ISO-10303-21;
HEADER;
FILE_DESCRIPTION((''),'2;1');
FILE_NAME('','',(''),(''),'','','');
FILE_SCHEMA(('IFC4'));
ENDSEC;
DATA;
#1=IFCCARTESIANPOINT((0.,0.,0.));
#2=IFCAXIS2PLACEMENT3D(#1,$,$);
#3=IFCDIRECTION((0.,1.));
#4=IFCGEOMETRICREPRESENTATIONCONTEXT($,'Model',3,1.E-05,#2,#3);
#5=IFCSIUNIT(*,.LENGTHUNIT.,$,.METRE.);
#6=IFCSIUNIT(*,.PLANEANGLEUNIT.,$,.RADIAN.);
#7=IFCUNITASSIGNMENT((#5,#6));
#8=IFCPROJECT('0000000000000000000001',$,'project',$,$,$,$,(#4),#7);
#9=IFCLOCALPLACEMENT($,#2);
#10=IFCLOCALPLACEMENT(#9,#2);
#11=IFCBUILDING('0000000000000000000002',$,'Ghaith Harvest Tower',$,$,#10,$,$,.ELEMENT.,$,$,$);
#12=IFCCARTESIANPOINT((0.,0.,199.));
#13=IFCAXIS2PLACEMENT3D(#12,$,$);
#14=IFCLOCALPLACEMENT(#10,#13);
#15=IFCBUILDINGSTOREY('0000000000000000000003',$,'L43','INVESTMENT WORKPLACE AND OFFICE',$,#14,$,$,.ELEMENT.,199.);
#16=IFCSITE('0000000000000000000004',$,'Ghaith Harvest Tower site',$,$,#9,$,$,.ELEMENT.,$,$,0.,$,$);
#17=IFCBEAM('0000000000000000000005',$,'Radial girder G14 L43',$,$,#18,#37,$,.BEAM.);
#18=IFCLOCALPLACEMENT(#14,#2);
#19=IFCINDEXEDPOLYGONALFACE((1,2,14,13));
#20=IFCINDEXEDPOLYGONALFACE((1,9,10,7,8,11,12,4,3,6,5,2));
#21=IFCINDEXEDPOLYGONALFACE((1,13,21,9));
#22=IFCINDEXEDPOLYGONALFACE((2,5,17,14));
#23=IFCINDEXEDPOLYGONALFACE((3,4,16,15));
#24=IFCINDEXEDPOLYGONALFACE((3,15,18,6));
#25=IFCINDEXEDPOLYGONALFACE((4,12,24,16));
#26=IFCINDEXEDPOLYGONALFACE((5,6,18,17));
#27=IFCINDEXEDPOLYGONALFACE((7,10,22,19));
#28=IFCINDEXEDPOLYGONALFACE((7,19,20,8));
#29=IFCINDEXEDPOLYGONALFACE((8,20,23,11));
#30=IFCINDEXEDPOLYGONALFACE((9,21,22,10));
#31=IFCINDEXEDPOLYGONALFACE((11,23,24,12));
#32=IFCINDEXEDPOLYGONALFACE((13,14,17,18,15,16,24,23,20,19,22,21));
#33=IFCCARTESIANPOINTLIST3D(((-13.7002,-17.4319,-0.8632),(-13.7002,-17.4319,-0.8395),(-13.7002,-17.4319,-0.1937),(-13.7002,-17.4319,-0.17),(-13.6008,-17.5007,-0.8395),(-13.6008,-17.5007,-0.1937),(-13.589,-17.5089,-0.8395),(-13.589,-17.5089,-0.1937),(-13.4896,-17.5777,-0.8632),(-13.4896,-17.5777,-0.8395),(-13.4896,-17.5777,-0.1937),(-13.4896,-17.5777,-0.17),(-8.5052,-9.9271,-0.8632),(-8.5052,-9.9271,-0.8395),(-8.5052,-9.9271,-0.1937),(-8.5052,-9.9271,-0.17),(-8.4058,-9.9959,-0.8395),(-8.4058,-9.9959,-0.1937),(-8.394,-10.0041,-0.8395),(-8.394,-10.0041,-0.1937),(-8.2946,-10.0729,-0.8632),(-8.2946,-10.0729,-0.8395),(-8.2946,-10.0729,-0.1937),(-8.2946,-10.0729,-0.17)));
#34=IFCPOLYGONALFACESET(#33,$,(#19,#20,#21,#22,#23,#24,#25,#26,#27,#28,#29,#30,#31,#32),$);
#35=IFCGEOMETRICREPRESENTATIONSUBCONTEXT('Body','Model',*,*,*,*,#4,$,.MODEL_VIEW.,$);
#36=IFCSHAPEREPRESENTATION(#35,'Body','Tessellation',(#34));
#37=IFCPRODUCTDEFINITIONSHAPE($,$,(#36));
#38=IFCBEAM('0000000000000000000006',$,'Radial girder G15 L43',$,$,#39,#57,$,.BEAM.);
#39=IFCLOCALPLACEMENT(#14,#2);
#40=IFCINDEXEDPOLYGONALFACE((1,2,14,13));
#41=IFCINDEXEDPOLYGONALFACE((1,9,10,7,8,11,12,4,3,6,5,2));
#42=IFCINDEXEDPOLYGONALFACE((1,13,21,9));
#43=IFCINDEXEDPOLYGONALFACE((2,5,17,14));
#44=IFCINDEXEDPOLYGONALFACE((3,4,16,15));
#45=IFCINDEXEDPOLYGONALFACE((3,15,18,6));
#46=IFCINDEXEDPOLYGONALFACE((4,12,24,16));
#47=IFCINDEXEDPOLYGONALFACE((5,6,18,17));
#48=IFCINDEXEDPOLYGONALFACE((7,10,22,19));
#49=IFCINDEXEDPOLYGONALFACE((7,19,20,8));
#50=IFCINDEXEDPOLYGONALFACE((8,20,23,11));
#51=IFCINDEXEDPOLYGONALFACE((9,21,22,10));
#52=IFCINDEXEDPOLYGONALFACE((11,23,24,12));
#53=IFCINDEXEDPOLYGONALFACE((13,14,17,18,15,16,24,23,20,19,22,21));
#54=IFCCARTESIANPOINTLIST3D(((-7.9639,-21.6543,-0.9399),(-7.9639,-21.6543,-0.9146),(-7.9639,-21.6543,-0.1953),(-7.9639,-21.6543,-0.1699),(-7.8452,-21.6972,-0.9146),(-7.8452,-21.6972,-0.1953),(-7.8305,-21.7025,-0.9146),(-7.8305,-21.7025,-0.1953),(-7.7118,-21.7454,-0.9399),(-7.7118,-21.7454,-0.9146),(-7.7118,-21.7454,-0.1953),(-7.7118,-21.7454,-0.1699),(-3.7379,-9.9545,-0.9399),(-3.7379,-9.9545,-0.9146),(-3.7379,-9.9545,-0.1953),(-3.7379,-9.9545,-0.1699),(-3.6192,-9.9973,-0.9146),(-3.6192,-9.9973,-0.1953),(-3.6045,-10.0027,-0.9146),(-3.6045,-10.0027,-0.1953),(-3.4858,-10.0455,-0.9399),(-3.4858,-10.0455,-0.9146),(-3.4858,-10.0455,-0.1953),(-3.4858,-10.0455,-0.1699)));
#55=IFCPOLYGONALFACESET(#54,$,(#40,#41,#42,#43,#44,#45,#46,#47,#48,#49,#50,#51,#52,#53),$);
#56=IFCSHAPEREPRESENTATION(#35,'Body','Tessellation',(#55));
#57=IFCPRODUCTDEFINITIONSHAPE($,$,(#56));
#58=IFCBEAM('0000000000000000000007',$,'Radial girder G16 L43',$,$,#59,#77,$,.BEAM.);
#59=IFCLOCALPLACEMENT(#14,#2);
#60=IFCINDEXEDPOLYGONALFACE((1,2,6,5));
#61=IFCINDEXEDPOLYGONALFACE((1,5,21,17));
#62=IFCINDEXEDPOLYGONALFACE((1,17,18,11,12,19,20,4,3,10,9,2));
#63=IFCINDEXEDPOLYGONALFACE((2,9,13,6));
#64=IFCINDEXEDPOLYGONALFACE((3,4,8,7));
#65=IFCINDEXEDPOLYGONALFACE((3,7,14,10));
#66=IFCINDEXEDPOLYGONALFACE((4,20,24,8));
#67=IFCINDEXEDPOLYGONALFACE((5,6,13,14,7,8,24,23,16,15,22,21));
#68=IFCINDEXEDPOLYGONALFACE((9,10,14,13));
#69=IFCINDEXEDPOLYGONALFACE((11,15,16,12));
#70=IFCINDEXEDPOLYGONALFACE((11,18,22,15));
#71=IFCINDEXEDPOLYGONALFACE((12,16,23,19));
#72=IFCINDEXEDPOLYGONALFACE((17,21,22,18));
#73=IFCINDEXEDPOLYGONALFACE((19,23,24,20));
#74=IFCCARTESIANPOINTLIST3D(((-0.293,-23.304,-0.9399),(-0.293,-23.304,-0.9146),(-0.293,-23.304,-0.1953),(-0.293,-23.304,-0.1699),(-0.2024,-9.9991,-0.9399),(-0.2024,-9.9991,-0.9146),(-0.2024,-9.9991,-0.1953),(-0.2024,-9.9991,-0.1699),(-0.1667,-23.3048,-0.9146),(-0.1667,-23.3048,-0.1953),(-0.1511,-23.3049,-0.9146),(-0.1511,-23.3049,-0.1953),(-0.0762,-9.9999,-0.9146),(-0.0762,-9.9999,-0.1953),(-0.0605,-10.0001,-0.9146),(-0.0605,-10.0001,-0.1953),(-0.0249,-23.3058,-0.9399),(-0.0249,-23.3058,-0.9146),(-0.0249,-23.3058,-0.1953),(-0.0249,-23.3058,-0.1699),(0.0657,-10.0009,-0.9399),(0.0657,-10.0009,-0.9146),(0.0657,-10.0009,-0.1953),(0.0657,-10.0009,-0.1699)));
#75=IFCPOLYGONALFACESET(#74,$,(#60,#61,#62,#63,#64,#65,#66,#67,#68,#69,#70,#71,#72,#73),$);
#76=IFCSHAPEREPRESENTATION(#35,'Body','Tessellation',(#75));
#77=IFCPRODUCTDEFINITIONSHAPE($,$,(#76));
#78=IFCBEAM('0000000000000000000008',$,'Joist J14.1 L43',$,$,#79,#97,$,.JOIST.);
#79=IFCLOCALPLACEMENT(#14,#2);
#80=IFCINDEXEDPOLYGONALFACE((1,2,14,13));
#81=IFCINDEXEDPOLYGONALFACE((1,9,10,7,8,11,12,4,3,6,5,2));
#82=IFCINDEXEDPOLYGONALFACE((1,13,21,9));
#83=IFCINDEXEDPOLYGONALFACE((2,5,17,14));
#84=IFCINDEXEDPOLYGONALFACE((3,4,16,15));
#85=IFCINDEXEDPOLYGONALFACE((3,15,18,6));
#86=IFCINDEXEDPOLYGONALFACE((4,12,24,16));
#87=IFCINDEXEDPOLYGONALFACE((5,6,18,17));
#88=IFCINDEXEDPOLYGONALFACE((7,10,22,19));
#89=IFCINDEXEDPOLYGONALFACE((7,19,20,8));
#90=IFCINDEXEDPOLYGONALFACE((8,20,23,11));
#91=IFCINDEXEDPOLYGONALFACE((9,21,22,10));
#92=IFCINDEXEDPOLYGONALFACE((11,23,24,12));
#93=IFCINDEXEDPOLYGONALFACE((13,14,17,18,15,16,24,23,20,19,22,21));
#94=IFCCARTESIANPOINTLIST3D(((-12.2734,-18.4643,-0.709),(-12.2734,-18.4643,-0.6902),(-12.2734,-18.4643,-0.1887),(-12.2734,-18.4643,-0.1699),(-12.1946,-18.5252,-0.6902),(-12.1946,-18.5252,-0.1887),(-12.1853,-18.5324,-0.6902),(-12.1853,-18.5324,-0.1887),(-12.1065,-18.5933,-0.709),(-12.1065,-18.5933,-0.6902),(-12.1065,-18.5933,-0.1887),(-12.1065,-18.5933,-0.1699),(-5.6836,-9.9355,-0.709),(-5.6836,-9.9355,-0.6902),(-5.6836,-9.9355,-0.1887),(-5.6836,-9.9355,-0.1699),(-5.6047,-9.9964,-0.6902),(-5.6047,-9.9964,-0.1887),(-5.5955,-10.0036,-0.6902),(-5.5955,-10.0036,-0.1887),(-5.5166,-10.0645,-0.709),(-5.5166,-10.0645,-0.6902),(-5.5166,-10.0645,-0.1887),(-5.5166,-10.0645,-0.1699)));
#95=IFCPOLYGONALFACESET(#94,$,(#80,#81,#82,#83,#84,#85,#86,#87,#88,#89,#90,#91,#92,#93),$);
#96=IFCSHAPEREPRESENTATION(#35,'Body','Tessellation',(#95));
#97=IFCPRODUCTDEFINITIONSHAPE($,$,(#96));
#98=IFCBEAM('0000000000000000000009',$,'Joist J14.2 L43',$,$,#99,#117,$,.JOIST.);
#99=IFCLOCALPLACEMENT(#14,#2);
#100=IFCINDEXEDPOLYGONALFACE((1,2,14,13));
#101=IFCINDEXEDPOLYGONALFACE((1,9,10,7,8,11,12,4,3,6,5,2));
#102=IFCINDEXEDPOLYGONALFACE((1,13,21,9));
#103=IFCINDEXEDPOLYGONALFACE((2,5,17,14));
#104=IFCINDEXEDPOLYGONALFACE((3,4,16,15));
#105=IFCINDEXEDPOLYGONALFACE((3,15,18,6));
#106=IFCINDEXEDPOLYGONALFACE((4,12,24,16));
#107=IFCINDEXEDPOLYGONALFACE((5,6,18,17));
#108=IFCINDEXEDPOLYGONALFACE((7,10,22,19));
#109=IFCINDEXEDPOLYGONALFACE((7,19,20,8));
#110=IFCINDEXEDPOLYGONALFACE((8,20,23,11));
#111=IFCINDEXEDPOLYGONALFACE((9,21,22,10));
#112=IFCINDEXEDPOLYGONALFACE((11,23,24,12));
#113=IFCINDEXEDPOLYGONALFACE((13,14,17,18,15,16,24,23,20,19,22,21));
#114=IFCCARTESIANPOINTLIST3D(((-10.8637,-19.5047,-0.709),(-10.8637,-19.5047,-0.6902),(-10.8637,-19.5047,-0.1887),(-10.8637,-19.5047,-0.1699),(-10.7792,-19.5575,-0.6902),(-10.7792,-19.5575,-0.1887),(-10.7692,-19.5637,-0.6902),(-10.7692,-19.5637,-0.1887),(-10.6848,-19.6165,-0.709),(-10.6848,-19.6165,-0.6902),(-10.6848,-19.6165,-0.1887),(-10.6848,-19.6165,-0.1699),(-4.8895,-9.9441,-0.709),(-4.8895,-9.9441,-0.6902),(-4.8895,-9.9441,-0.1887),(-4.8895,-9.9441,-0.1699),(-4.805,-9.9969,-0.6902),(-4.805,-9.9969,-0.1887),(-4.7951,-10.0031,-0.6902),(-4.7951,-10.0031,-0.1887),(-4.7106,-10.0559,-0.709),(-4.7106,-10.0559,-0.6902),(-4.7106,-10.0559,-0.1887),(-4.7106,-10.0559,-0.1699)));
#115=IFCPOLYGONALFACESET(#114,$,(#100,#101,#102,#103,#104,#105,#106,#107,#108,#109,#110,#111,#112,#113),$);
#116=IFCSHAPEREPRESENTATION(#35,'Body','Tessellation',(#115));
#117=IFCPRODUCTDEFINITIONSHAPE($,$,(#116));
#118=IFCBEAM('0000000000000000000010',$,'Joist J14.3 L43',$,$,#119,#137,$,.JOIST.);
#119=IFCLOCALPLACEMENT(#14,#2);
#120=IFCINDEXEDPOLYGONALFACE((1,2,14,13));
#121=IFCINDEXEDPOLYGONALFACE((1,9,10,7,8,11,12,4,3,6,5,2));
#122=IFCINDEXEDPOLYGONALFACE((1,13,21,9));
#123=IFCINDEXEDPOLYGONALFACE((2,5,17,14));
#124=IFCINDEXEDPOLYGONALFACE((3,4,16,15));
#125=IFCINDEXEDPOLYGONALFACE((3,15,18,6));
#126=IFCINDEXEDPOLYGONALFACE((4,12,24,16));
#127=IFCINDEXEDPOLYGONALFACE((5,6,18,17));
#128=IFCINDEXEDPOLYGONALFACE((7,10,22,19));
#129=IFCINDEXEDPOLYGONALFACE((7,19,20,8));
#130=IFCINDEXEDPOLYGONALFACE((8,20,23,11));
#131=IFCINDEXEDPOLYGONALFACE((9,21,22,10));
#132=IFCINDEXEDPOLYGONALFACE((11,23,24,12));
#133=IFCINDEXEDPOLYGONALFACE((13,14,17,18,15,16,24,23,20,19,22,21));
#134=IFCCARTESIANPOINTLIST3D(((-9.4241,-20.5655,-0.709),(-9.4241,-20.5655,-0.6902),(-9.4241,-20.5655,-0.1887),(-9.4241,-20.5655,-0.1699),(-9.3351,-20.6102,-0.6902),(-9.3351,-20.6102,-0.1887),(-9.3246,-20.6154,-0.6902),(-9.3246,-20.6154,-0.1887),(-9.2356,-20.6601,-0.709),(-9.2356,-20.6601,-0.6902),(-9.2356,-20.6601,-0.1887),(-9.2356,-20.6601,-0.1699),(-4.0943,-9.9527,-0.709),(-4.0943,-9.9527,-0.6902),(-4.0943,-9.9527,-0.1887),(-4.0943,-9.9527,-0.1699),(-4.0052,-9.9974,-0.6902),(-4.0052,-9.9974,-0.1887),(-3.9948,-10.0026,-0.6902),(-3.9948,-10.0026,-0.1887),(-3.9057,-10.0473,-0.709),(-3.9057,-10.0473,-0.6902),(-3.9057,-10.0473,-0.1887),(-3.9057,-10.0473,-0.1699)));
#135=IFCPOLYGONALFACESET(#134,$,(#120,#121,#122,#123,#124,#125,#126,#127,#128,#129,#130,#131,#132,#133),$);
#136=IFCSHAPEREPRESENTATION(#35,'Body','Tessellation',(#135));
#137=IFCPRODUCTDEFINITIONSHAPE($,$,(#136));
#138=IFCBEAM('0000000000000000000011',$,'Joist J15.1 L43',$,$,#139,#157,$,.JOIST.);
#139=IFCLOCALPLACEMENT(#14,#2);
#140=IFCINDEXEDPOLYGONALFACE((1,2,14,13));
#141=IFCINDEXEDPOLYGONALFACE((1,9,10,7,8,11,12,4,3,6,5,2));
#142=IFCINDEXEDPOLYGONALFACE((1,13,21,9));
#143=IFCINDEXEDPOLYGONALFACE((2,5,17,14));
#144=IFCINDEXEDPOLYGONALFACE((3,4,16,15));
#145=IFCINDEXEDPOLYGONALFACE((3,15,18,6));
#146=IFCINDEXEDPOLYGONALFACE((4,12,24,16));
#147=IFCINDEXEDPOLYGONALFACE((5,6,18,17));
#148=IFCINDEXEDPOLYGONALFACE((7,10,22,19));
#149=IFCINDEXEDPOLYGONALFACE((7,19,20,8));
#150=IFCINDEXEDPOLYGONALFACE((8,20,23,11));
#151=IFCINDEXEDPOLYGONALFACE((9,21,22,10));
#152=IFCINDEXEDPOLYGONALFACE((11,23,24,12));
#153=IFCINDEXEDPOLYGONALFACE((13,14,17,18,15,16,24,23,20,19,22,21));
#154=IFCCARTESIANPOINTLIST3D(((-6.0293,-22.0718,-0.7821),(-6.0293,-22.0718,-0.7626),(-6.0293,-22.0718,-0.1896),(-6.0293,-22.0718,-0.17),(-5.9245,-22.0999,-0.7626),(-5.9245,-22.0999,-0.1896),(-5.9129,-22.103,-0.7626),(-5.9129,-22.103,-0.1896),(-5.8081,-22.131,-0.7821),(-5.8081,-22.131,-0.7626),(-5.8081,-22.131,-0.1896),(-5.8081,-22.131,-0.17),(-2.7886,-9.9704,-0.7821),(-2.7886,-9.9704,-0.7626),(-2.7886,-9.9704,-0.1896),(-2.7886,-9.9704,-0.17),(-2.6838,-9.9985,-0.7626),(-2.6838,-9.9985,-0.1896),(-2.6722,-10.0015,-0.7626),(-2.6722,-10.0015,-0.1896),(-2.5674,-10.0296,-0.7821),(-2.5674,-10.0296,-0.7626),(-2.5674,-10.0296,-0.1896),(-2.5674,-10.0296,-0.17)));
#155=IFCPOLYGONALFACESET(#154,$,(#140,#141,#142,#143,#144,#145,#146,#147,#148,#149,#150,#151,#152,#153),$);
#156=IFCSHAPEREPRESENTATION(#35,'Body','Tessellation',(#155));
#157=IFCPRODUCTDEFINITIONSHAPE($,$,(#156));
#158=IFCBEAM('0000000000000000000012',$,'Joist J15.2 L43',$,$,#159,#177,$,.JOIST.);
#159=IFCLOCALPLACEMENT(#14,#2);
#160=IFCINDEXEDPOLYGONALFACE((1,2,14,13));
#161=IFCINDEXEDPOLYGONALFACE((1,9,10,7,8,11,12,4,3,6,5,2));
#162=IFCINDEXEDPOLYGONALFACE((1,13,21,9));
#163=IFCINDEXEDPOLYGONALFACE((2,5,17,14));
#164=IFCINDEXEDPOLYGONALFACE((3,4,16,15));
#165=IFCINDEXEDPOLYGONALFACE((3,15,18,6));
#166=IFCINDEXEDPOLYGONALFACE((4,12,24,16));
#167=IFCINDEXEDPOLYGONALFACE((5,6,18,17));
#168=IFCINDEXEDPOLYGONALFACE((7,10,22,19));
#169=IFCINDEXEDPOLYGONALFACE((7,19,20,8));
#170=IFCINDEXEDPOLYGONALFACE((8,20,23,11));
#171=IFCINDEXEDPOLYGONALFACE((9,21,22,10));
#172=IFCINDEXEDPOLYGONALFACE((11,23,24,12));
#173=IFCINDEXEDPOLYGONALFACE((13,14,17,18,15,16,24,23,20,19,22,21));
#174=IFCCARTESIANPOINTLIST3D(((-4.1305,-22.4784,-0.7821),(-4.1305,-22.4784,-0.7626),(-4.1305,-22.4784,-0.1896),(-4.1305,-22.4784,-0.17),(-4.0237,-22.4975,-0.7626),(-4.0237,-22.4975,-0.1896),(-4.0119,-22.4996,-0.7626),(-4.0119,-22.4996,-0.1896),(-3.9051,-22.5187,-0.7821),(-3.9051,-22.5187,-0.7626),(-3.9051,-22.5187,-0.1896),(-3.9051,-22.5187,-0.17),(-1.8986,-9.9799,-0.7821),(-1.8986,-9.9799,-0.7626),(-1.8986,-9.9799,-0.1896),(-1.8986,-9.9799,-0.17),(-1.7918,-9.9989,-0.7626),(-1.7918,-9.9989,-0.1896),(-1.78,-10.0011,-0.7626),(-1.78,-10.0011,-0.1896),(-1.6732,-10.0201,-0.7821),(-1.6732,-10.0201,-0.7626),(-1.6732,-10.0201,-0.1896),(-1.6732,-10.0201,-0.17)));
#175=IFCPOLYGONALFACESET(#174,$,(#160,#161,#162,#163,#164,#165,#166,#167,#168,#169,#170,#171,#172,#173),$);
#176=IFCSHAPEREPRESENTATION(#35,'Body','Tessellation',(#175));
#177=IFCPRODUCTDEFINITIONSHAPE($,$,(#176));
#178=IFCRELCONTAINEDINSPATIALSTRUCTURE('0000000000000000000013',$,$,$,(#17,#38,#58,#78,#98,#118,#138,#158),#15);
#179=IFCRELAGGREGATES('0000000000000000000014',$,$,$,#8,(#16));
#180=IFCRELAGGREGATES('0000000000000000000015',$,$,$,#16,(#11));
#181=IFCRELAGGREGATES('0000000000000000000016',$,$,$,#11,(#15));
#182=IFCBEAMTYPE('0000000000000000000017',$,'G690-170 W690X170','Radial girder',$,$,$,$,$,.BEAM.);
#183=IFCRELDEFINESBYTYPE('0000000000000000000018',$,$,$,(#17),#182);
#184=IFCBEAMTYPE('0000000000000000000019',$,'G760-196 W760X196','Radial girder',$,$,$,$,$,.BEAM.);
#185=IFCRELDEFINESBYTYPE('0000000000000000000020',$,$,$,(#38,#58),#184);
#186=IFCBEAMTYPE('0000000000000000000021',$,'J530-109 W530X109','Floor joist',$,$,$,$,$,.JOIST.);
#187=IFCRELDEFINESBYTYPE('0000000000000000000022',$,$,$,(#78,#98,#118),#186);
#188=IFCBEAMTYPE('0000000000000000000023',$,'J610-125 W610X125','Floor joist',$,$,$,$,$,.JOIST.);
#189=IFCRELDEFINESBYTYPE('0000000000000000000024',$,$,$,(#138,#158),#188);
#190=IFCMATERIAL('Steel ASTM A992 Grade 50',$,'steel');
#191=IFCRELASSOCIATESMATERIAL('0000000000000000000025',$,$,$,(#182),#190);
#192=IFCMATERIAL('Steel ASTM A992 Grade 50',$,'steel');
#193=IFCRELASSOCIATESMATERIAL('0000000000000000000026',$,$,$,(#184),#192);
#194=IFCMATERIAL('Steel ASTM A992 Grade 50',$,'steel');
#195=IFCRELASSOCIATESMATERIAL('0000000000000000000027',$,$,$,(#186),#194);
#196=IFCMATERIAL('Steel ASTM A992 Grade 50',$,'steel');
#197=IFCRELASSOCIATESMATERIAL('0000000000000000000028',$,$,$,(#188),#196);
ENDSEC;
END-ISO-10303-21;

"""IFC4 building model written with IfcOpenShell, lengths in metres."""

from ifc_helpers import new_model, si_unit, direction, frame, origin, origin_2d, place, context, subcontext, project, spatial, i_section, extrude, material, material_profile, profile_set, type_object, element, save


model = new_model("IFC4")

# Units and contexts
model_context = context("Model", 3, precision=1e-05, world=origin(), true_north=direction((0.0, 1.0)))
body_context = subcontext(model_context, "Body", "Model", "MODEL_VIEW")
ifc_project = project(units=[si_unit("LENGTHUNIT", "METRE"), si_unit("PLANEANGLEUNIT", "RADIAN")], contexts=[model_context])

# Site, building, storey
site_placement = place(None, origin())
site = spatial("IfcSite", under=ifc_project, at=site_placement, Name="Ghaith Harvest Tower site", CompositionType="ELEMENT", RefElevation=0.0)
building_placement = place(site_placement, origin())
building = spatial("IfcBuilding", under=site, at=building_placement, Name="Ghaith Harvest Tower", CompositionType="ELEMENT")
storey_placement = place(building_placement, frame((0.0, 0.0, 199.0)))
storey = spatial("IfcBuildingStorey", under=building, at=storey_placement, Name="L43", Description="INVESTMENT WORKPLACE AND OFFICE", CompositionType="ELEMENT", Elevation=199.0)

# Beams
ifc_material_1 = material(Name="Steel ASTM A992 Grade 50", Category="steel")
ifc_material_profile_1 = material_profile(ifc_material_1, i_section(OverallWidth=0.2561, OverallDepth=0.6931, WebThickness=0.0144, FlangeThickness=0.0237, at=origin_2d()), Name="W690X170")
ifc_profile_set_1 = profile_set([ifc_material_profile_1], Name="Steel ASTM A992 Grade 50")
beam_type_1 = type_object("IfcBeamType", Name="G690-170 W690X170", Description="Radial girder", PredefinedType="BEAM", material=ifc_profile_set_1)
beam_1_placement = place(storey_placement, frame((-8.3999, -10.0, -0.5166), z_axis=(-0.569164, -0.822224, 0.0), x_axis=(0.822224, -0.569164, 0.0)))
element("IfcBeam", 1, at=beam_1_placement, inside=storey, type_object=beam_type_1, Name="Radial girder G14 L43", PredefinedType="BEAM", context=body_context, shape_type="SweptSolid", body=[
    extrude(i_section(OverallWidth=0.2561, OverallDepth=0.6931, WebThickness=0.0144, FlangeThickness=0.0237, at=origin_2d()), origin(), (0.0, 0.0, 1.0), 9.1274),
])
ifc_material_2 = material(Name="Steel ASTM A992 Grade 50", Category="steel")
ifc_material_profile_2 = material_profile(ifc_material_2, i_section(OverallWidth=0.2681, OverallDepth=0.77, WebThickness=0.0156, FlangeThickness=0.0254, at=origin_2d()), Name="W760X196")
ifc_profile_set_2 = profile_set([ifc_material_profile_2], Name="Steel ASTM A992 Grade 50")
beam_type_2 = type_object("IfcBeamType", Name="G760-196 W760X196", Description="Radial girder", PredefinedType="BEAM", material=ifc_profile_set_2)
beam_2_placement = place(storey_placement, frame((-3.6118, -10.0, -0.5549), z_axis=(-0.339722, -0.940526, 0.0), x_axis=(0.940526, -0.339722, 0.0)))
element("IfcBeam", 2, at=beam_2_placement, inside=storey, type_object=beam_type_2, Name="Radial girder G15 L43", PredefinedType="BEAM", context=body_context, shape_type="SweptSolid", body=[
    extrude(i_section(OverallWidth=0.2681, OverallDepth=0.77, WebThickness=0.0156, FlangeThickness=0.0254, at=origin_2d()), origin(), (0.0, 0.0, 1.0), 12.4397),
])
beam_3_placement = place(storey_placement, frame((-0.0684, -10.0, -0.5549), z_axis=(-0.006808, -0.999977, 0.0), x_axis=(0.999977, -0.006808, 0.0)))
element("IfcBeam", 3, at=beam_3_placement, inside=storey, type_object=beam_type_2, Name="Radial girder G16 L43", PredefinedType="BEAM", context=body_context, shape_type="SweptSolid", body=[
    extrude(i_section(OverallWidth=0.2681, OverallDepth=0.77, WebThickness=0.0156, FlangeThickness=0.0254, at=origin_2d()), origin(), (0.0, 0.0, 1.0), 13.3052),
])
ifc_material_3 = material(Name="Steel ASTM A992 Grade 50", Category="steel")
ifc_material_profile_3 = material_profile(ifc_material_3, i_section(OverallWidth=0.2109, OverallDepth=0.5391, WebThickness=0.0117, FlangeThickness=0.0188, at=origin_2d()), Name="W530X109")
ifc_profile_set_3 = profile_set([ifc_material_profile_3], Name="Steel ASTM A992 Grade 50")
beam_type_3 = type_object("IfcBeamType", Name="J530-109 W530X109", Description="Floor joist", PredefinedType="JOIST", material=ifc_profile_set_3)
beam_4_placement = place(storey_placement, frame((-5.6001, -10.0, -0.4395), z_axis=(-0.611413, -0.791312, 0.0), x_axis=(0.791312, -0.611413, 0.0)))
element("IfcBeam", 4, at=beam_4_placement, inside=storey, type_object=beam_type_3, Name="Joist J14.1 L43", PredefinedType="JOIST", context=body_context, shape_type="SweptSolid", body=[
    extrude(i_section(OverallWidth=0.2109, OverallDepth=0.5391, WebThickness=0.0117, FlangeThickness=0.0188, at=origin_2d()), origin(), (0.0, 0.0, 1.0), 10.7781),
])
beam_5_placement = place(storey_placement, frame((-4.8, -10.0, -0.4395), z_axis=(-0.529921, -0.848047, 0.0), x_axis=(0.848047, -0.529921, 0.0)))
element("IfcBeam", 5, at=beam_5_placement, inside=storey, type_object=beam_type_3, Name="Joist J14.2 L43", PredefinedType="JOIST", context=body_context, shape_type="SweptSolid", body=[
    extrude(i_section(OverallWidth=0.2109, OverallDepth=0.5391, WebThickness=0.0117, FlangeThickness=0.0188, at=origin_2d()), origin(), (0.0, 0.0, 1.0), 11.2737),
])
beam_6_placement = place(storey_placement, frame((-4.0, -10.0, -0.4395), z_axis=(-0.448792, -0.893636, 0.0), x_axis=(0.893636, -0.448792, 0.0)))
element("IfcBeam", 6, at=beam_6_placement, inside=storey, type_object=beam_type_3, Name="Joist J14.3 L43", PredefinedType="JOIST", context=body_context, shape_type="SweptSolid", body=[
    extrude(i_section(OverallWidth=0.2109, OverallDepth=0.5391, WebThickness=0.0117, FlangeThickness=0.0188, at=origin_2d()), origin(), (0.0, 0.0, 1.0), 11.876),
])
ifc_material_4 = material(Name="Steel ASTM A992 Grade 50", Category="steel")
ifc_material_profile_4 = material_profile(ifc_material_4, i_section(OverallWidth=0.229, OverallDepth=0.6121, WebThickness=0.012, FlangeThickness=0.0195, at=origin_2d()), Name="W610X125")
ifc_profile_set_4 = profile_set([ifc_material_profile_4], Name="Steel ASTM A992 Grade 50")
beam_type_4 = type_object("IfcBeamType", Name="J610-125 W610X125", Description="Floor joist", PredefinedType="JOIST", material=ifc_profile_set_4)
beam_7_placement = place(storey_placement, frame((-2.678, -10.0, -0.4761), z_axis=(-0.258684, -0.965962, 0.0), x_axis=(0.965962, -0.258684, 0.0)))
element("IfcBeam", 7, at=beam_7_placement, inside=storey, type_object=beam_type_4, Name="Joist J15.1 L43", PredefinedType="JOIST", context=body_context, shape_type="SweptSolid", body=[
    extrude(i_section(OverallWidth=0.229, OverallDepth=0.6121, WebThickness=0.012, FlangeThickness=0.0195, at=origin_2d()), origin(), (0.0, 0.0, 1.0), 12.5278),
])
beam_8_placement = place(storey_placement, frame((-1.7859, -10.0, -0.4761), z_axis=(-0.175795, -0.984427, 0.0), x_axis=(0.984427, -0.175795, 0.0)))
element("IfcBeam", 8, at=beam_8_placement, inside=storey, type_object=beam_type_4, Name="Joist J15.2 L43", PredefinedType="JOIST", context=body_context, shape_type="SweptSolid", body=[
    extrude(i_section(OverallWidth=0.229, OverallDepth=0.6121, WebThickness=0.012, FlangeThickness=0.0195, at=origin_2d()), origin(), (0.0, 0.0, 1.0), 12.6963),
])

save(model, "model.ifc")
